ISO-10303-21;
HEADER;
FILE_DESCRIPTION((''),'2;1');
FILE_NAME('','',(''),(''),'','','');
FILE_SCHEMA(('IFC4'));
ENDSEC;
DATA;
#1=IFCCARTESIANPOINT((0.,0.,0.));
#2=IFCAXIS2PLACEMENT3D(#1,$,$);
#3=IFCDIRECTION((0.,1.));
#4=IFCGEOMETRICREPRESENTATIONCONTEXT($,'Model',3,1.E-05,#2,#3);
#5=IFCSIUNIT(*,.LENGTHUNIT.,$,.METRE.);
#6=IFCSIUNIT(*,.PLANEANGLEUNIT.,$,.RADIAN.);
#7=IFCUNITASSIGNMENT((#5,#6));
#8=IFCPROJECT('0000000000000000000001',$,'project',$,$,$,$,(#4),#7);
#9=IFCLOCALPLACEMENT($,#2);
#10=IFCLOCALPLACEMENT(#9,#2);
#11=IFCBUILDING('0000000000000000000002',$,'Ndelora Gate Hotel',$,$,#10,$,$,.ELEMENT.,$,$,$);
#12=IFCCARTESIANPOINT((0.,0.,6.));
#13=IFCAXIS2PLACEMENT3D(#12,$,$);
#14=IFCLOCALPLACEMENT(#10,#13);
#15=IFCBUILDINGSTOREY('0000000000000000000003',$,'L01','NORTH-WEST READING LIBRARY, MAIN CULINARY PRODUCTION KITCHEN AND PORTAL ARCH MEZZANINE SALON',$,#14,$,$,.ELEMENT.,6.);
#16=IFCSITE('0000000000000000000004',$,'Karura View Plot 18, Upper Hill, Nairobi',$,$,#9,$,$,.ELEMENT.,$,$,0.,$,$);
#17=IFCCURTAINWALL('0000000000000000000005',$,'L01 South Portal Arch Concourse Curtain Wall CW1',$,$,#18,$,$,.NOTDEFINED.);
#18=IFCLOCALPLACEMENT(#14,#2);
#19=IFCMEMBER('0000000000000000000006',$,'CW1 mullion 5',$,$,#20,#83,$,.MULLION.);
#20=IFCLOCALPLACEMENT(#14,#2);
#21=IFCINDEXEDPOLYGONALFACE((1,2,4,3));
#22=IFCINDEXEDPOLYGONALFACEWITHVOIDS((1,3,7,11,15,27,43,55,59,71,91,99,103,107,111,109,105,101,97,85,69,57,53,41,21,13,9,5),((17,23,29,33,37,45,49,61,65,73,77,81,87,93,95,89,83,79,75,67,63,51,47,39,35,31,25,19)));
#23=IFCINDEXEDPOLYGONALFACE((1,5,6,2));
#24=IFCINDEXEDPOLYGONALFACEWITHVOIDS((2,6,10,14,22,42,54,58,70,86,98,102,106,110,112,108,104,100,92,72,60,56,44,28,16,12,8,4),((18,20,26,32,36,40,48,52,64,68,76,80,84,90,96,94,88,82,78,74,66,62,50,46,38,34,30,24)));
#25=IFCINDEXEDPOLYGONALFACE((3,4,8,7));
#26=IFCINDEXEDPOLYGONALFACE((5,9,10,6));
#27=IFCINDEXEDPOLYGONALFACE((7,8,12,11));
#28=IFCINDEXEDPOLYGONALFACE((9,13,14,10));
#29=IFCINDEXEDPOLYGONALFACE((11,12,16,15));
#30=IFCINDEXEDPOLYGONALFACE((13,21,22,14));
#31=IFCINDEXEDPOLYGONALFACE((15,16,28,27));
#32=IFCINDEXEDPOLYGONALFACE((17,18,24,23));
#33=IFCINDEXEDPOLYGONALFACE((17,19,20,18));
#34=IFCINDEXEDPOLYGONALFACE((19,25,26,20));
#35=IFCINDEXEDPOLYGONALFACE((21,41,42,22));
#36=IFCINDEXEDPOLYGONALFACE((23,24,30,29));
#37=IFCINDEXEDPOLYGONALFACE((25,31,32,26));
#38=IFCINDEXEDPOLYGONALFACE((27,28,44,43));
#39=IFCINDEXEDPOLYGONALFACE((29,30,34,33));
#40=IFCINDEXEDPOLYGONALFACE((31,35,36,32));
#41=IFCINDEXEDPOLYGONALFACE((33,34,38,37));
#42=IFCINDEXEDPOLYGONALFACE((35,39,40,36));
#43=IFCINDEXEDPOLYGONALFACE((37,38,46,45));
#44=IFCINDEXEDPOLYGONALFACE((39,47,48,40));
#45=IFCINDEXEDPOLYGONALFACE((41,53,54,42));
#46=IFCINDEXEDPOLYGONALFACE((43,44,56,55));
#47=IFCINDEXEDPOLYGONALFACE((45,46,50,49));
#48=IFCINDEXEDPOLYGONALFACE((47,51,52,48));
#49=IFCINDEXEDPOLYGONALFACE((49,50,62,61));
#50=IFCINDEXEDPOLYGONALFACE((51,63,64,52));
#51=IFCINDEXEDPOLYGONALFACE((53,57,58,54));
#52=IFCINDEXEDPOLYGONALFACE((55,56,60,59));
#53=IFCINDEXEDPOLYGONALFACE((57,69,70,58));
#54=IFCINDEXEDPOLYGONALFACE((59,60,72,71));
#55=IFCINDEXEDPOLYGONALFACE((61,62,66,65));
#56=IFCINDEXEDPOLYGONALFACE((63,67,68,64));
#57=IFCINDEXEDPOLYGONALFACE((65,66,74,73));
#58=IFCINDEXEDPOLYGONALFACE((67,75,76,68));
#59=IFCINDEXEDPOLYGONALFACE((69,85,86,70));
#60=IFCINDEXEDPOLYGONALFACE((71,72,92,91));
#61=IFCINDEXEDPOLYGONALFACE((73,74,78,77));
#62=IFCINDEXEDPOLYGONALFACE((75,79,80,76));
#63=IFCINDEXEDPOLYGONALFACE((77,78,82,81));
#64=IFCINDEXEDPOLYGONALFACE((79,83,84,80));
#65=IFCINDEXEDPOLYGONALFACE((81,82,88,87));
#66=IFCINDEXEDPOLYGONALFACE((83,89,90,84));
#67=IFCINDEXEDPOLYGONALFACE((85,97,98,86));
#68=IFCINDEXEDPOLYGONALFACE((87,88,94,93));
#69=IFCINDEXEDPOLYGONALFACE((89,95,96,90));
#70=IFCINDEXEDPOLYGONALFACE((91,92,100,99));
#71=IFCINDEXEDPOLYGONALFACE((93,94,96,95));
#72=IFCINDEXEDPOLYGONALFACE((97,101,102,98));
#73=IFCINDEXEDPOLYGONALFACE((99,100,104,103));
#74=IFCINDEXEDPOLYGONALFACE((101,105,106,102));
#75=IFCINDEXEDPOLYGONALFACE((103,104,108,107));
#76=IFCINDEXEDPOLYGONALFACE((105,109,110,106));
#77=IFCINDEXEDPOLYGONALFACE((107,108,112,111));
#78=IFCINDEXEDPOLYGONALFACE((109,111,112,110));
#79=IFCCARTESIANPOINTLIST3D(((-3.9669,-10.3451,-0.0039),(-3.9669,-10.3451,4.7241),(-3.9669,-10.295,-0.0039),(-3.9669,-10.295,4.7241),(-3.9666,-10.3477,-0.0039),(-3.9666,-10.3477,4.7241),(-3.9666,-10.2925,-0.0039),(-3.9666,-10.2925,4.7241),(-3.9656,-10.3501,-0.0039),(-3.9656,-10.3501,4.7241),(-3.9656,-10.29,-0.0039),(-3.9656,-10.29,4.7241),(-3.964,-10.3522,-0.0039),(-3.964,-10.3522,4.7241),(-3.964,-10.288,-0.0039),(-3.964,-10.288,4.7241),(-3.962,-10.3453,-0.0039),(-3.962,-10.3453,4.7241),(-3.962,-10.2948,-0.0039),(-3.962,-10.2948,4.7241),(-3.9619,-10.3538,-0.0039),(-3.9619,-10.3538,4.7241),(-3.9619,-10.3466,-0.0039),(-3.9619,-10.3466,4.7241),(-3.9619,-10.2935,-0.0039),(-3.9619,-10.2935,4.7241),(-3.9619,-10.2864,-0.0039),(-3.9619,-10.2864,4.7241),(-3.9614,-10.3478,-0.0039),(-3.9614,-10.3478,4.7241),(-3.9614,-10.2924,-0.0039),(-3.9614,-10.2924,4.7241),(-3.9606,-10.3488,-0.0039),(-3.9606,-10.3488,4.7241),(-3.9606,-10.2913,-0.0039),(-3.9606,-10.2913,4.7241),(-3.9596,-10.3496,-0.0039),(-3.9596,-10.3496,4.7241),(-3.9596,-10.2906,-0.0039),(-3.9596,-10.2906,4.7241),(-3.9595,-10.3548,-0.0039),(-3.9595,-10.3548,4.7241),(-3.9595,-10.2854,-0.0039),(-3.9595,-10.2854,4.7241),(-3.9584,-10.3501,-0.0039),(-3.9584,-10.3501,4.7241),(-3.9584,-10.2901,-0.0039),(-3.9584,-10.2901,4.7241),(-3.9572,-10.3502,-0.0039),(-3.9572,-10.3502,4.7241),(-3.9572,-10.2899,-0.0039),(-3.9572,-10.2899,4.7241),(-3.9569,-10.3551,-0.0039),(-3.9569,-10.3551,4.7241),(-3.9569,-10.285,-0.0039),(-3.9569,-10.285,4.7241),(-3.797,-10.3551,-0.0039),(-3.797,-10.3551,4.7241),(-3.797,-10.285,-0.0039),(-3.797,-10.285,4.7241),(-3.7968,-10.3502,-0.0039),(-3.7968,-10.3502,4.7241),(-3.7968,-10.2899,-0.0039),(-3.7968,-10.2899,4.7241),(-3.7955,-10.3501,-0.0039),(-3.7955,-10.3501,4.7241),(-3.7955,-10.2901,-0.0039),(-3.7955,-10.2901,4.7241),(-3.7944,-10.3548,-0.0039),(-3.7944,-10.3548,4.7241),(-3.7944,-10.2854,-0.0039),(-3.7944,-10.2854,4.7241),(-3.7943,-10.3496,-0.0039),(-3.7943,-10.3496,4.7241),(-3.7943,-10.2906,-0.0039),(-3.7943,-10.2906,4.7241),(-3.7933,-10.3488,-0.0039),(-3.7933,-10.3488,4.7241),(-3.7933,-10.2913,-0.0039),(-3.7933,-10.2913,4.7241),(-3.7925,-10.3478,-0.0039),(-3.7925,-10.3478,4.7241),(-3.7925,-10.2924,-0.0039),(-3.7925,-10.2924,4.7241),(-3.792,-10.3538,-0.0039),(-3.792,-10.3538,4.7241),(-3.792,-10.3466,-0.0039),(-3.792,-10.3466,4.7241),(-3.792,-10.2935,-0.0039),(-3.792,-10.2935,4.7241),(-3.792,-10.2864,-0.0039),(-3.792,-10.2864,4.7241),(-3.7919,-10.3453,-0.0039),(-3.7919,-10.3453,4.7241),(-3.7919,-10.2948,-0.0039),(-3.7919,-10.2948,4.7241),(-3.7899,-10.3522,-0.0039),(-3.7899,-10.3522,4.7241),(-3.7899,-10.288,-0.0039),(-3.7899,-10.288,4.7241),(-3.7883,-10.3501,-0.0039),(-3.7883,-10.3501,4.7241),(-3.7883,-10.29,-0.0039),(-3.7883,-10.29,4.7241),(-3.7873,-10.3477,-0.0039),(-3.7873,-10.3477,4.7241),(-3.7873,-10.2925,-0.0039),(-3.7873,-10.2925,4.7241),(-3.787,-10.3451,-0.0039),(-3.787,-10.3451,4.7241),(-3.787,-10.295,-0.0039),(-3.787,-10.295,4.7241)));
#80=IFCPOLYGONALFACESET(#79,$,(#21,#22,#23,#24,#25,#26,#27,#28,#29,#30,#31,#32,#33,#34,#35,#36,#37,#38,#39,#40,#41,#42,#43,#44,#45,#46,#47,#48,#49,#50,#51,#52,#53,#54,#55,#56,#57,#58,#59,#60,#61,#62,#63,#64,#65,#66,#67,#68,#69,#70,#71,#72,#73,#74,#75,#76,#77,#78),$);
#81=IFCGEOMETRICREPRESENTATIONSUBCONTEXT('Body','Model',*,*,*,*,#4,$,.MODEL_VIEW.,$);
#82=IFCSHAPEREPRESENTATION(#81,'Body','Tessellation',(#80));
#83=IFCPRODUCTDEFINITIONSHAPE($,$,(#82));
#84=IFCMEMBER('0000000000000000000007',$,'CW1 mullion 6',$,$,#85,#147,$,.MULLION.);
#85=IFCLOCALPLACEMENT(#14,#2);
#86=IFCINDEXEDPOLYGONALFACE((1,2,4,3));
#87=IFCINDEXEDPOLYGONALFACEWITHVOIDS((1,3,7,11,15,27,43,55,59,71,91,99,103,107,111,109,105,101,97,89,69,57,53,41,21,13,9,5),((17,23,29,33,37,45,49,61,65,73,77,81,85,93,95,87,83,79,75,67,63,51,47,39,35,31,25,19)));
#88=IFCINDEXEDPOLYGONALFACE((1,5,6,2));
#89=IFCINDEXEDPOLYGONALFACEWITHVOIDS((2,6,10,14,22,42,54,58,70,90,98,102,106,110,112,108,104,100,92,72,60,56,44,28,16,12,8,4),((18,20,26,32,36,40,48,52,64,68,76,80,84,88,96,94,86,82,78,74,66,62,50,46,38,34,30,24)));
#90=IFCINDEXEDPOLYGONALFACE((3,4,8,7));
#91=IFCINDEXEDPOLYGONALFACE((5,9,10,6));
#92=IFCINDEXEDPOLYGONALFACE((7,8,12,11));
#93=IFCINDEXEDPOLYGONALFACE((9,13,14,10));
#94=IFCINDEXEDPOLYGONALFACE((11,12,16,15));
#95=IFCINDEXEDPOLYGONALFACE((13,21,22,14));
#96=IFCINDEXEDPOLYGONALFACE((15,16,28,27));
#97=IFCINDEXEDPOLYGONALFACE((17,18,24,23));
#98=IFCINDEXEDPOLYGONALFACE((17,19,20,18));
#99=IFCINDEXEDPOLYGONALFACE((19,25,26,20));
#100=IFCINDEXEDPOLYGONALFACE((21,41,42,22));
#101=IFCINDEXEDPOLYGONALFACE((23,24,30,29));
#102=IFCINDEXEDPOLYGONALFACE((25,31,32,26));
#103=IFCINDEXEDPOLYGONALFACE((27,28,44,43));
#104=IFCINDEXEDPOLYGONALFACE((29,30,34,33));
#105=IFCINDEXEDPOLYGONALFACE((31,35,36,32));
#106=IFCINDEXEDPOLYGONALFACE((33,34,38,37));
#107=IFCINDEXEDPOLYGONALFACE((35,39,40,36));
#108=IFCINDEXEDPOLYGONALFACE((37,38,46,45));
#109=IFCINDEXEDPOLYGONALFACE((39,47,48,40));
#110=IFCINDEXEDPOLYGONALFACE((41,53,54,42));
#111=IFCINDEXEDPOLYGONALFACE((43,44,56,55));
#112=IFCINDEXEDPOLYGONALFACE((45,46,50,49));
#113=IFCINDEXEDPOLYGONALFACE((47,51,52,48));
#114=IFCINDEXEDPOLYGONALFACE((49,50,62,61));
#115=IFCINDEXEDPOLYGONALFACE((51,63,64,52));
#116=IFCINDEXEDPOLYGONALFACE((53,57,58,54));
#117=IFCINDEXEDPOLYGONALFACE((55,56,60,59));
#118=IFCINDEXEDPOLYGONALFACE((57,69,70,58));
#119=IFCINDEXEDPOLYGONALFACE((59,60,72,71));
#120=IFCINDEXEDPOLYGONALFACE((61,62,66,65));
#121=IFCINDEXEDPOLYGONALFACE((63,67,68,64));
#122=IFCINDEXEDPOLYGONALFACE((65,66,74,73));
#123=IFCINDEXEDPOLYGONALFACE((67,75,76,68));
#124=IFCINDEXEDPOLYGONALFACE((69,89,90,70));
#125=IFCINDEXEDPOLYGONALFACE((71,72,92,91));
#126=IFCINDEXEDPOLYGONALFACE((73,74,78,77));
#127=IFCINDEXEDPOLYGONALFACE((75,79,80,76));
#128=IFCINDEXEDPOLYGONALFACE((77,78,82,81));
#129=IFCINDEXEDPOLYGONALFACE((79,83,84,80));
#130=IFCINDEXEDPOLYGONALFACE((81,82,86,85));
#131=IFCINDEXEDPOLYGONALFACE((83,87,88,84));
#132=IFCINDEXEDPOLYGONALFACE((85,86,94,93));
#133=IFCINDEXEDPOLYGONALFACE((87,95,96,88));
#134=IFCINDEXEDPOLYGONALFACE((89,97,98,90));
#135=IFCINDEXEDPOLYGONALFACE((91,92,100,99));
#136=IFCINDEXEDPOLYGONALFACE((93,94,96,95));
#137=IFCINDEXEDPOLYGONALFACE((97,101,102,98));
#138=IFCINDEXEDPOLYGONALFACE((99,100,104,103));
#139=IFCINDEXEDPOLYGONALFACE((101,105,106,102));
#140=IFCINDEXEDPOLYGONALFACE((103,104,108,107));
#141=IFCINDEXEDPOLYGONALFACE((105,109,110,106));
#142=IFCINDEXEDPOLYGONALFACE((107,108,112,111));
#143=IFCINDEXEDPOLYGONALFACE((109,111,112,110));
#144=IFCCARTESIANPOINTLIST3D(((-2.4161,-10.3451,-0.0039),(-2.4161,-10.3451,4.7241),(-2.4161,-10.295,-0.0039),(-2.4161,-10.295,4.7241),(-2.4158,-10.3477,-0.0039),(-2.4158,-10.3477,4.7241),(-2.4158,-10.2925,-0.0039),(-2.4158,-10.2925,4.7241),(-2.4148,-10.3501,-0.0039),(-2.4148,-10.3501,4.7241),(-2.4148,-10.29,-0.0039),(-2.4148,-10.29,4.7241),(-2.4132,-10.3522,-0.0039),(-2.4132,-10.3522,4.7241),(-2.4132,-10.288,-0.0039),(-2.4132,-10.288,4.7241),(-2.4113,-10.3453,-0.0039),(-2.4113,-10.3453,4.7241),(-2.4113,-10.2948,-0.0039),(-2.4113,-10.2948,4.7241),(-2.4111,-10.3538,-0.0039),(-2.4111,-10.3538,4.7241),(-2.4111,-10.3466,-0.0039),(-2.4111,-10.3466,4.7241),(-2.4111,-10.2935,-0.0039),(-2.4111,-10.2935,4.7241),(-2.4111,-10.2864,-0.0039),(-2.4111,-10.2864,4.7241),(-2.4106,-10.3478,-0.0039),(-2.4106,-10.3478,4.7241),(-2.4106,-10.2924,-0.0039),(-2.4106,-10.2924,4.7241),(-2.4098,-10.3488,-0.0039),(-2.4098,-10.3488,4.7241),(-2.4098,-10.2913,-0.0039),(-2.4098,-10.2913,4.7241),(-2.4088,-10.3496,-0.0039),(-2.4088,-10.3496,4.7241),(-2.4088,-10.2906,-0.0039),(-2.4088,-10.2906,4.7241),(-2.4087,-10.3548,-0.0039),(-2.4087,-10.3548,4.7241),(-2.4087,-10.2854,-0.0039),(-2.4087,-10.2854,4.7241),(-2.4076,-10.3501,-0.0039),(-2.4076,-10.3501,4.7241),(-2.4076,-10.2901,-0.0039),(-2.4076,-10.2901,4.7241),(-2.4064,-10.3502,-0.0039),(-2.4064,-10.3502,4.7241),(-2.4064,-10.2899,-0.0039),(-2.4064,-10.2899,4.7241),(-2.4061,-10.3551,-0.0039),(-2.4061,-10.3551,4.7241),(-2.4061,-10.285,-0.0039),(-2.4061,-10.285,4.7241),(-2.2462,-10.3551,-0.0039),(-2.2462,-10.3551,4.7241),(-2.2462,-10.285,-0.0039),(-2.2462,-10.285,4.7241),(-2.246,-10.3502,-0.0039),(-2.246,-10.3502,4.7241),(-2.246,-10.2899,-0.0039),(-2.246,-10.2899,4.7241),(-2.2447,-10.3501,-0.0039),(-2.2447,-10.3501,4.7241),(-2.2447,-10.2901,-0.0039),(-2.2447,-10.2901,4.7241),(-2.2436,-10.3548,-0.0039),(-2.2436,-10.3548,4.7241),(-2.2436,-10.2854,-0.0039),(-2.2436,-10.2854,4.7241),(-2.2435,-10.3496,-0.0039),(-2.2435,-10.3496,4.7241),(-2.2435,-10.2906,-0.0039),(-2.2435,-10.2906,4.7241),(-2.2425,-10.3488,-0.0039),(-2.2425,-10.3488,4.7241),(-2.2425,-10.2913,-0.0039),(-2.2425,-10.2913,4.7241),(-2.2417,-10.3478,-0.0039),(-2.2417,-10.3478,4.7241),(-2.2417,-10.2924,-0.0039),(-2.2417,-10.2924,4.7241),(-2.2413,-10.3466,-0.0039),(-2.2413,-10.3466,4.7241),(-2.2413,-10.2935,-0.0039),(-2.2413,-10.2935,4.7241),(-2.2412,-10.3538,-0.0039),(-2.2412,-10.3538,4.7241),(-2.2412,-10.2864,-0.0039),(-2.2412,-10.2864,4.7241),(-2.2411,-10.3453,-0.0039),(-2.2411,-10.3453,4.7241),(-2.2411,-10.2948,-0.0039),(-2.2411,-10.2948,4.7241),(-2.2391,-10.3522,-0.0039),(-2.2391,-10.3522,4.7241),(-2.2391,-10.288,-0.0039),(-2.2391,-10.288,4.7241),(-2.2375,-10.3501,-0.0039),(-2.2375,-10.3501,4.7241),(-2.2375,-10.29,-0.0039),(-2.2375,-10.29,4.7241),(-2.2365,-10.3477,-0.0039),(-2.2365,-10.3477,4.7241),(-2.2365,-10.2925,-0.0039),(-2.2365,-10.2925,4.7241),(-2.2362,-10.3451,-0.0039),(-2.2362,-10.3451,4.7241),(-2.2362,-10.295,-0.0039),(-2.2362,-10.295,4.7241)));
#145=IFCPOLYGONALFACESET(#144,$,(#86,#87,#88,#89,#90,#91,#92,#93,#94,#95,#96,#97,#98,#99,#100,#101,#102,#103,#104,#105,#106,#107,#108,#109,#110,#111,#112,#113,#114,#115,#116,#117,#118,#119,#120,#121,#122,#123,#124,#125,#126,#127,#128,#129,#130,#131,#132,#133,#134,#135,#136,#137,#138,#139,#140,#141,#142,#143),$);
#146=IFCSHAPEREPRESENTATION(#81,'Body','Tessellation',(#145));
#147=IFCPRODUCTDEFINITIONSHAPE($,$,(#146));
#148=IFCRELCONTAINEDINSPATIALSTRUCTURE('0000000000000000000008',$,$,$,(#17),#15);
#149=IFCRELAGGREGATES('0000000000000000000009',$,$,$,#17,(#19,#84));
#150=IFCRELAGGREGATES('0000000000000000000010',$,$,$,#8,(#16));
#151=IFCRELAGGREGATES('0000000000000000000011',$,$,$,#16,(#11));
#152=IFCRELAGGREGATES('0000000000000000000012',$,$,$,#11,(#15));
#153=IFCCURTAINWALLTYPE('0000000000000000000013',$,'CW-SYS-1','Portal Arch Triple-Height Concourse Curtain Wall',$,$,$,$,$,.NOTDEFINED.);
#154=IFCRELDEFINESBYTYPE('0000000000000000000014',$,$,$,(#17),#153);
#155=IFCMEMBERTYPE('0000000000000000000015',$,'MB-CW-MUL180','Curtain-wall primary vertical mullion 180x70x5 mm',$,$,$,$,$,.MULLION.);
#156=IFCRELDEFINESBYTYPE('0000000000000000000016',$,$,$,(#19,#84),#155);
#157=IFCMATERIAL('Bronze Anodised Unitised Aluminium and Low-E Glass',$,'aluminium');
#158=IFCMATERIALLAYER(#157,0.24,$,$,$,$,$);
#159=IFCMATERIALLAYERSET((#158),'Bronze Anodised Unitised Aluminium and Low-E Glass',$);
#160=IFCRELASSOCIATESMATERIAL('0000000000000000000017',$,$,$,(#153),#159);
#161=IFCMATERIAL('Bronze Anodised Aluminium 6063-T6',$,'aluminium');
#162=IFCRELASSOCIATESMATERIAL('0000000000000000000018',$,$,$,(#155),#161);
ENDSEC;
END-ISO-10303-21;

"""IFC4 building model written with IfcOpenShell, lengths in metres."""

from ifc_helpers import new_model, si_unit, direction, frame, origin, origin_2d, place, context, subcontext, project, spatial, hollow_rectangle, extrude, material, layer, layer_set, material_profile, profile_set, type_object, element, aggregate, save


model = new_model("IFC4")

# Units and contexts
model_context = context("Model", 3, precision=1e-05, world=origin(), true_north=direction((0.0, 1.0)))
body_context = subcontext(model_context, "Body", "Model", "MODEL_VIEW")
ifc_project = project(units=[si_unit("LENGTHUNIT", "METRE"), si_unit("PLANEANGLEUNIT", "RADIAN")], contexts=[model_context])

# Site, building, storey
site_placement = place(None, origin())
site = spatial("IfcSite", under=ifc_project, at=site_placement, Name="Karura View Plot 18, Upper Hill, Nairobi", CompositionType="ELEMENT", RefElevation=0.0)
building_placement = place(site_placement, origin())
building = spatial("IfcBuilding", under=site, at=building_placement, Name="Ndelora Gate Hotel", CompositionType="ELEMENT")
storey_placement = place(building_placement, frame((0.0, 0.0, 6.0)))
storey = spatial("IfcBuildingStorey", under=building, at=storey_placement, Name="L01", Description="NORTH-WEST READING LIBRARY, MAIN CULINARY PRODUCTION KITCHEN AND PORTAL ARCH MEZZANINE SALON", CompositionType="ELEMENT", Elevation=6.0)

# Curtain wall, members
ifc_material_1 = material(Name="Bronze Anodised Unitised Aluminium and Low-E Glass", Category="aluminium")
ifc_layer_1 = layer(ifc_material_1, 0.24)
ifc_layer_set_1 = layer_set([ifc_layer_1], Name="Bronze Anodised Unitised Aluminium and Low-E Glass")
curtain_wall_type = type_object("IfcCurtainWallType", Name="CW-SYS-1", Description="Portal Arch Triple-Height Concourse Curtain Wall", PredefinedType="NOTDEFINED", material=ifc_layer_set_1)
curtain_wall_placement = place(storey_placement, origin())
curtain_wall = element("IfcCurtainWall", 1, at=curtain_wall_placement, inside=storey, type_object=curtain_wall_type, Name="L01 South Portal Arch Concourse Curtain Wall CW1", PredefinedType="NOTDEFINED")
ifc_material_2 = material(Name="Bronze Anodised Aluminium 6063-T6", Category="aluminium")
ifc_material_profile_1 = material_profile(ifc_material_2, hollow_rectangle(XDim=0.0701, YDim=0.1799, WallThickness=0.0049, InnerFilletRadius=0.0049, OuterFilletRadius=0.01, at=origin_2d()), Name="ALU 180x70x5")
ifc_profile_set_1 = profile_set([ifc_material_profile_1], Name="Bronze Anodised Aluminium 6063-T6")
member_type_1 = type_object("IfcMemberType", Name="MB-CW-MUL180", Description="Curtain-wall primary vertical mullion 180x70x5 mm", PredefinedType="MULLION", material=ifc_profile_set_1)
member_1_placement = place(storey_placement, frame((-3.877, -10.3201, -0.0039), z_axis=(0.0, 0.0, 1.0), x_axis=(0.0, 1.0, 0.0)))
member_1 = element("IfcMember", 2, at=member_1_placement, type_object=member_type_1, Name="CW1 mullion 5", PredefinedType="MULLION", context=body_context, shape_type="SweptSolid", body=[
    extrude(hollow_rectangle(XDim=0.0701, YDim=0.1799, WallThickness=0.0049, InnerFilletRadius=0.0049, OuterFilletRadius=0.01, at=origin_2d()), origin(), (0.0, 0.0, 1.0), 4.728),
])
member_2_placement = place(storey_placement, frame((-2.3262, -10.3201, -0.0039), z_axis=(0.0, 0.0, 1.0), x_axis=(0.0, 1.0, 0.0)))
member_2 = element("IfcMember", 3, at=member_2_placement, type_object=member_type_1, Name="CW1 mullion 6", PredefinedType="MULLION", context=body_context, shape_type="SweptSolid", body=[
    extrude(hollow_rectangle(XDim=0.0701, YDim=0.1799, WallThickness=0.0049, InnerFilletRadius=0.0049, OuterFilletRadius=0.01, at=origin_2d()), origin(), (0.0, 0.0, 1.0), 4.728),
])
aggregate(curtain_wall, [member_1, member_2])

save(model, "model.ifc")
